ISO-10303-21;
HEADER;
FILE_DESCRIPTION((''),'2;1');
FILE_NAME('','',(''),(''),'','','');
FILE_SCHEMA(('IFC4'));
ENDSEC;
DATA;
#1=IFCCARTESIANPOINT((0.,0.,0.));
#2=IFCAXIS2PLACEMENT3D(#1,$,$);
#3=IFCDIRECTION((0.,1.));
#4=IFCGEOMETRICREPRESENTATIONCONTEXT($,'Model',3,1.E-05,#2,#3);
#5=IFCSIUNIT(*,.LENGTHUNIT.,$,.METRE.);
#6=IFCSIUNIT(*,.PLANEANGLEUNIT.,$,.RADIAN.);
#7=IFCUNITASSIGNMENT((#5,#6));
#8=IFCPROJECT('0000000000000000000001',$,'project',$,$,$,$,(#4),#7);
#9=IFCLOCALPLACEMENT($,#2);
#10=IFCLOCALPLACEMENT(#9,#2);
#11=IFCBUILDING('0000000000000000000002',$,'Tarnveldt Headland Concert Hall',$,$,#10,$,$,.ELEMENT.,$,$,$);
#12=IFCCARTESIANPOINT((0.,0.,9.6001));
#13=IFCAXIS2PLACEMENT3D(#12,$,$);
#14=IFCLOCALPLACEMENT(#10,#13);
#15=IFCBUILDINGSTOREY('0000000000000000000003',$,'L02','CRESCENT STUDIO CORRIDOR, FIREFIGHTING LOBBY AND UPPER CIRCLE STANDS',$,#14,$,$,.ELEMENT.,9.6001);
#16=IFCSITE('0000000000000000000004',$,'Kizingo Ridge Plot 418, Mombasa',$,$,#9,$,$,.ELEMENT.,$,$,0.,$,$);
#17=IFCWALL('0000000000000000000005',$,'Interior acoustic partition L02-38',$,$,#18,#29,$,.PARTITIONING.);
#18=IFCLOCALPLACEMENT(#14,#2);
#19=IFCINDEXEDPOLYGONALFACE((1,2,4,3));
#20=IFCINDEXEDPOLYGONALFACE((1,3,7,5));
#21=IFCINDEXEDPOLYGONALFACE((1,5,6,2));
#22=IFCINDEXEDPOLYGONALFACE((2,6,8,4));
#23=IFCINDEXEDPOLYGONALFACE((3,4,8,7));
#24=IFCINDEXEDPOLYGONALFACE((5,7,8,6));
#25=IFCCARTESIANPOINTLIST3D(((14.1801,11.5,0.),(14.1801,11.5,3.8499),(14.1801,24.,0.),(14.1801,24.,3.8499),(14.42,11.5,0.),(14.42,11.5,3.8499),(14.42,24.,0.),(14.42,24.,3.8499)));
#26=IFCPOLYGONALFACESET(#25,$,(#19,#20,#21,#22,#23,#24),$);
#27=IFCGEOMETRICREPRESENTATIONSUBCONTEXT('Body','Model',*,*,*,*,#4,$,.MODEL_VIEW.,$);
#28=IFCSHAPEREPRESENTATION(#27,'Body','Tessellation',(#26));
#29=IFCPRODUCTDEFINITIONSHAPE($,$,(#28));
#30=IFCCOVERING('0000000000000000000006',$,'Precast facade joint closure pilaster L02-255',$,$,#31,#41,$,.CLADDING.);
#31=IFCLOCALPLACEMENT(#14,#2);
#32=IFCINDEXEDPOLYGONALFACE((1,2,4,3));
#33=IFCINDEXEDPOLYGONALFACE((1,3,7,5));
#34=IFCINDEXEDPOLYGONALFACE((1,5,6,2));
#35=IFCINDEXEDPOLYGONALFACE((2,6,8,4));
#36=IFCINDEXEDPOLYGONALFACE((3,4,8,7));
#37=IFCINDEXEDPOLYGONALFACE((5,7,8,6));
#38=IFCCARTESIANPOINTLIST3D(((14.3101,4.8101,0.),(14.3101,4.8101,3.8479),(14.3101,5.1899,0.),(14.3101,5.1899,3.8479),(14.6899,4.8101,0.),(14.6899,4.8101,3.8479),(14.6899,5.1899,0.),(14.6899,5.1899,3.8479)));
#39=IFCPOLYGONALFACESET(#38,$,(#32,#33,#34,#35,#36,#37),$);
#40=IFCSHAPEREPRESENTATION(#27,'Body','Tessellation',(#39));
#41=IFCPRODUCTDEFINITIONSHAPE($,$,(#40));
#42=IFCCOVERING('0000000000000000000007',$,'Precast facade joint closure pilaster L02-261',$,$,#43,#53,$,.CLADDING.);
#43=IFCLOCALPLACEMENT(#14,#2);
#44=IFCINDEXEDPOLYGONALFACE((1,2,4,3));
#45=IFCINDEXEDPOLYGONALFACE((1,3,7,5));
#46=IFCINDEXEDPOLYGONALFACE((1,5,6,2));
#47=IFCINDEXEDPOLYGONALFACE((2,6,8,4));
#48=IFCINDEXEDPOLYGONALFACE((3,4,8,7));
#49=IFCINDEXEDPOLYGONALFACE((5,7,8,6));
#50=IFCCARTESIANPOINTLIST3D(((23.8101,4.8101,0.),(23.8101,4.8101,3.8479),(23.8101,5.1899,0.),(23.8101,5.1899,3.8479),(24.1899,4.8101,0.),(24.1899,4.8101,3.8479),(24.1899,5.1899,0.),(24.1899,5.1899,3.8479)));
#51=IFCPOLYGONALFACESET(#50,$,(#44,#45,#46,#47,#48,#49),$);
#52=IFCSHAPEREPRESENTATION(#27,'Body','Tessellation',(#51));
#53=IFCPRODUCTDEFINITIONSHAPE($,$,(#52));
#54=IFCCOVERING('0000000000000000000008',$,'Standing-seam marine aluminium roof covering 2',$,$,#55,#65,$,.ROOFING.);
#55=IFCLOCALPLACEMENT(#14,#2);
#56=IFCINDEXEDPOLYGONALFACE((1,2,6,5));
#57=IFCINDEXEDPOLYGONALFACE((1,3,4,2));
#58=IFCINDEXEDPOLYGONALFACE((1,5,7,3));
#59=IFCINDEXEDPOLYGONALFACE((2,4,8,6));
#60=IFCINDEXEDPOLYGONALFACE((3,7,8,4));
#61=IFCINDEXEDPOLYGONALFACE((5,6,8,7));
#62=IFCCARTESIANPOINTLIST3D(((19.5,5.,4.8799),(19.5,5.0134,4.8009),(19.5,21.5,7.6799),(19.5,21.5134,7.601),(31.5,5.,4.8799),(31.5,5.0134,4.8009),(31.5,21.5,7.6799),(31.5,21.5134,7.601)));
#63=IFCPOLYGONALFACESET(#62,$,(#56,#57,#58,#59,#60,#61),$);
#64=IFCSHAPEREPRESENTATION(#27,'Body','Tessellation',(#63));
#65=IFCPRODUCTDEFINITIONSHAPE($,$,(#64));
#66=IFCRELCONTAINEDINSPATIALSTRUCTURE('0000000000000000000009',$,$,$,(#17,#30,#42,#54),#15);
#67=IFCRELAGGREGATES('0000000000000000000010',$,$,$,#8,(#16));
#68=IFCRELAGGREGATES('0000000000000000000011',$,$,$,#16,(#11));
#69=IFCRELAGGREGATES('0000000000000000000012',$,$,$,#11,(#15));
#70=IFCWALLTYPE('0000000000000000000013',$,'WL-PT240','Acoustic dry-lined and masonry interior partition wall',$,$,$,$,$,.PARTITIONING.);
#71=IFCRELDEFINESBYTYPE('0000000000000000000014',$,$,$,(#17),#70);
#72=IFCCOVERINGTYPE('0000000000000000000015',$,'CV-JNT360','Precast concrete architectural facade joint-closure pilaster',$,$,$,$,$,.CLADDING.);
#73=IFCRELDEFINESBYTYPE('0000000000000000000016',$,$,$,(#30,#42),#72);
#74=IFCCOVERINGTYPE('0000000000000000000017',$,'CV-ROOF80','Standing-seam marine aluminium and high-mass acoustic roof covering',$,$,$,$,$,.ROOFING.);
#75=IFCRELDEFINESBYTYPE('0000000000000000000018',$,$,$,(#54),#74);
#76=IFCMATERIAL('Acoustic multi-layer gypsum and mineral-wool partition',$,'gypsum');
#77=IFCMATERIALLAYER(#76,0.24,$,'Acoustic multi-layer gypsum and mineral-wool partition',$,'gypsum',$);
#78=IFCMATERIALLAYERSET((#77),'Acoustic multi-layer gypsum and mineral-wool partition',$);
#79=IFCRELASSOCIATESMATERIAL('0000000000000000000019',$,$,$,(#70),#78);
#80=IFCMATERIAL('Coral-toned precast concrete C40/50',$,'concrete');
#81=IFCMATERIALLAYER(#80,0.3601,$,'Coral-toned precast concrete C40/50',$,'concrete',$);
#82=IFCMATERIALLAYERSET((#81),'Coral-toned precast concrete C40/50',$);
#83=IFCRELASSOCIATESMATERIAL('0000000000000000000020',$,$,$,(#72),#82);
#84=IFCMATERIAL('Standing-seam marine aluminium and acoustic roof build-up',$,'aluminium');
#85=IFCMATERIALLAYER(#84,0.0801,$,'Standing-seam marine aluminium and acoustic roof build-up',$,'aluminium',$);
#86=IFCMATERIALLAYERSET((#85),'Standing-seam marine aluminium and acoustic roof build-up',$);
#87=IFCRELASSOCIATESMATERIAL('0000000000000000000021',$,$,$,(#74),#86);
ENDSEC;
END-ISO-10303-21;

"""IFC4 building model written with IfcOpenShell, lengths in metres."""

from ifc_helpers import new_model, si_unit, direction, frame, frame_2d, origin, origin_2d, place, context, subcontext, project, spatial, polyline, rectangle, outline, extrude, material, layer, layer_set, type_object, element, save


model = new_model("IFC4")

# Units and contexts
model_context = context("Model", 3, precision=1e-05, world=origin(), true_north=direction((0.0, 1.0)))
body_context = subcontext(model_context, "Body", "Model", "MODEL_VIEW")
ifc_project = project(units=[si_unit("LENGTHUNIT", "METRE"), si_unit("PLANEANGLEUNIT", "RADIAN")], contexts=[model_context])

# Site, building, storey
site_placement = place(None, origin())
site = spatial("IfcSite", under=ifc_project, at=site_placement, Name="Kizingo Ridge Plot 418, Mombasa", CompositionType="ELEMENT", RefElevation=0.0)
building_placement = place(site_placement, origin())
building = spatial("IfcBuilding", under=site, at=building_placement, Name="Tarnveldt Headland Concert Hall", CompositionType="ELEMENT")
storey_placement = place(building_placement, frame((0.0, 0.0, 9.6001)))
storey = spatial("IfcBuildingStorey", under=building, at=storey_placement, Name="L02", Description="CRESCENT STUDIO CORRIDOR, FIREFIGHTING LOBBY AND UPPER CIRCLE STANDS", CompositionType="ELEMENT", Elevation=9.6001)

# Shared definitions
ifc_material_1 = material(Name="Coral-toned precast concrete C40/50", Category="concrete")

# Shared definitions
ifc_material_2 = material(Name="Acoustic multi-layer gypsum and mineral-wool partition", Category="gypsum")

# Wall
ifc_layer_1 = layer(ifc_material_2, 0.24, Name="Acoustic multi-layer gypsum and mineral-wool partition", Category="gypsum")
ifc_layer_set_1 = layer_set([ifc_layer_1], Name="Acoustic multi-layer gypsum and mineral-wool partition")
wall_type_1 = type_object("IfcWallType", Name="WL-PT240", Description="Acoustic dry-lined and masonry interior partition wall", PredefinedType="PARTITIONING", material=ifc_layer_set_1)
wall_1_placement = place(storey_placement, frame((14.3, 11.5, 0.0), z_axis=(0.0, 0.0, 1.0), x_axis=(0.0, 1.0, 0.0)))
element("IfcWall", 1, at=wall_1_placement, inside=storey, type_object=wall_type_1, Name="Interior acoustic partition L02-38", PredefinedType="PARTITIONING", context=body_context, shape_type="SweptSolid", body=[
    extrude(rectangle(XDim=12.5, YDim=0.24, at=frame_2d((6.25, 0.0))), origin(), (0.0, 0.0, 1.0), 3.8499),
])

# Coverings
ifc_layer_2 = layer(ifc_material_1, 0.3601, Name="Coral-toned precast concrete C40/50", Category="concrete")
ifc_layer_set_2 = layer_set([ifc_layer_2], Name="Coral-toned precast concrete C40/50")
covering_type_1 = type_object("IfcCoveringType", Name="CV-JNT360", Description="Precast concrete architectural facade joint-closure pilaster", PredefinedType="CLADDING", material=ifc_layer_set_2)
for number, where, z_axis, x_axis, name in (
    (2, (14.5, 5.0, 0.0), (0.0, 0.0, 1.0), (-1.0, 0.0, 0.0), "Precast facade joint closure pilaster L02-255"),
    (3, (24.0, 5.0, 0.0), (0.0, 0.0, 1.0), (-1.0, 0.0, 0.0), "Precast facade joint closure pilaster L02-261"),
):
    element("IfcCovering", number, at=place(storey_placement, frame(where, z_axis=z_axis, x_axis=x_axis)), inside=storey, type_object=covering_type_1, Name=name, PredefinedType="CLADDING", context=body_context, shape_type="SweptSolid", body=[
        extrude(rectangle(XDim=0.3799, YDim=0.3799, at=origin_2d()), origin(), (0.0, 0.0, 1.0), 3.8479),
    ])
ifc_material_3 = material(Name="Standing-seam marine aluminium and acoustic roof build-up", Category="aluminium")
ifc_layer_3 = layer(ifc_material_3, 0.0801, Name="Standing-seam marine aluminium and acoustic roof build-up", Category="aluminium")
ifc_layer_set_3 = layer_set([ifc_layer_3], Name="Standing-seam marine aluminium and acoustic roof build-up")
covering_type_2 = type_object("IfcCoveringType", Name="CV-ROOF80", Description="Standing-seam marine aluminium and high-mass acoustic roof covering", PredefinedType="ROOFING", material=ifc_layer_set_3)
covering_placement = place(storey_placement, frame((19.5, 5.0, 4.8799), z_axis=(0.0, -0.167308, 0.985905), x_axis=(1.0, 0.0, 0.0)))
element("IfcCovering", 4, at=covering_placement, inside=storey, type_object=covering_type_2, Name="Standing-seam marine aluminium roof covering 2", PredefinedType="ROOFING", context=body_context, shape_type="SweptSolid", body=[
    extrude(outline(polyline([(0.0, 0.0), (12.0, 0.0), (12.0, 16.7359), (0.0, 16.7359), (0.0, 0.0)])), origin(), (0.0, 0.0, -1.0), 0.0801),
])

save(model, "model.ifc")
